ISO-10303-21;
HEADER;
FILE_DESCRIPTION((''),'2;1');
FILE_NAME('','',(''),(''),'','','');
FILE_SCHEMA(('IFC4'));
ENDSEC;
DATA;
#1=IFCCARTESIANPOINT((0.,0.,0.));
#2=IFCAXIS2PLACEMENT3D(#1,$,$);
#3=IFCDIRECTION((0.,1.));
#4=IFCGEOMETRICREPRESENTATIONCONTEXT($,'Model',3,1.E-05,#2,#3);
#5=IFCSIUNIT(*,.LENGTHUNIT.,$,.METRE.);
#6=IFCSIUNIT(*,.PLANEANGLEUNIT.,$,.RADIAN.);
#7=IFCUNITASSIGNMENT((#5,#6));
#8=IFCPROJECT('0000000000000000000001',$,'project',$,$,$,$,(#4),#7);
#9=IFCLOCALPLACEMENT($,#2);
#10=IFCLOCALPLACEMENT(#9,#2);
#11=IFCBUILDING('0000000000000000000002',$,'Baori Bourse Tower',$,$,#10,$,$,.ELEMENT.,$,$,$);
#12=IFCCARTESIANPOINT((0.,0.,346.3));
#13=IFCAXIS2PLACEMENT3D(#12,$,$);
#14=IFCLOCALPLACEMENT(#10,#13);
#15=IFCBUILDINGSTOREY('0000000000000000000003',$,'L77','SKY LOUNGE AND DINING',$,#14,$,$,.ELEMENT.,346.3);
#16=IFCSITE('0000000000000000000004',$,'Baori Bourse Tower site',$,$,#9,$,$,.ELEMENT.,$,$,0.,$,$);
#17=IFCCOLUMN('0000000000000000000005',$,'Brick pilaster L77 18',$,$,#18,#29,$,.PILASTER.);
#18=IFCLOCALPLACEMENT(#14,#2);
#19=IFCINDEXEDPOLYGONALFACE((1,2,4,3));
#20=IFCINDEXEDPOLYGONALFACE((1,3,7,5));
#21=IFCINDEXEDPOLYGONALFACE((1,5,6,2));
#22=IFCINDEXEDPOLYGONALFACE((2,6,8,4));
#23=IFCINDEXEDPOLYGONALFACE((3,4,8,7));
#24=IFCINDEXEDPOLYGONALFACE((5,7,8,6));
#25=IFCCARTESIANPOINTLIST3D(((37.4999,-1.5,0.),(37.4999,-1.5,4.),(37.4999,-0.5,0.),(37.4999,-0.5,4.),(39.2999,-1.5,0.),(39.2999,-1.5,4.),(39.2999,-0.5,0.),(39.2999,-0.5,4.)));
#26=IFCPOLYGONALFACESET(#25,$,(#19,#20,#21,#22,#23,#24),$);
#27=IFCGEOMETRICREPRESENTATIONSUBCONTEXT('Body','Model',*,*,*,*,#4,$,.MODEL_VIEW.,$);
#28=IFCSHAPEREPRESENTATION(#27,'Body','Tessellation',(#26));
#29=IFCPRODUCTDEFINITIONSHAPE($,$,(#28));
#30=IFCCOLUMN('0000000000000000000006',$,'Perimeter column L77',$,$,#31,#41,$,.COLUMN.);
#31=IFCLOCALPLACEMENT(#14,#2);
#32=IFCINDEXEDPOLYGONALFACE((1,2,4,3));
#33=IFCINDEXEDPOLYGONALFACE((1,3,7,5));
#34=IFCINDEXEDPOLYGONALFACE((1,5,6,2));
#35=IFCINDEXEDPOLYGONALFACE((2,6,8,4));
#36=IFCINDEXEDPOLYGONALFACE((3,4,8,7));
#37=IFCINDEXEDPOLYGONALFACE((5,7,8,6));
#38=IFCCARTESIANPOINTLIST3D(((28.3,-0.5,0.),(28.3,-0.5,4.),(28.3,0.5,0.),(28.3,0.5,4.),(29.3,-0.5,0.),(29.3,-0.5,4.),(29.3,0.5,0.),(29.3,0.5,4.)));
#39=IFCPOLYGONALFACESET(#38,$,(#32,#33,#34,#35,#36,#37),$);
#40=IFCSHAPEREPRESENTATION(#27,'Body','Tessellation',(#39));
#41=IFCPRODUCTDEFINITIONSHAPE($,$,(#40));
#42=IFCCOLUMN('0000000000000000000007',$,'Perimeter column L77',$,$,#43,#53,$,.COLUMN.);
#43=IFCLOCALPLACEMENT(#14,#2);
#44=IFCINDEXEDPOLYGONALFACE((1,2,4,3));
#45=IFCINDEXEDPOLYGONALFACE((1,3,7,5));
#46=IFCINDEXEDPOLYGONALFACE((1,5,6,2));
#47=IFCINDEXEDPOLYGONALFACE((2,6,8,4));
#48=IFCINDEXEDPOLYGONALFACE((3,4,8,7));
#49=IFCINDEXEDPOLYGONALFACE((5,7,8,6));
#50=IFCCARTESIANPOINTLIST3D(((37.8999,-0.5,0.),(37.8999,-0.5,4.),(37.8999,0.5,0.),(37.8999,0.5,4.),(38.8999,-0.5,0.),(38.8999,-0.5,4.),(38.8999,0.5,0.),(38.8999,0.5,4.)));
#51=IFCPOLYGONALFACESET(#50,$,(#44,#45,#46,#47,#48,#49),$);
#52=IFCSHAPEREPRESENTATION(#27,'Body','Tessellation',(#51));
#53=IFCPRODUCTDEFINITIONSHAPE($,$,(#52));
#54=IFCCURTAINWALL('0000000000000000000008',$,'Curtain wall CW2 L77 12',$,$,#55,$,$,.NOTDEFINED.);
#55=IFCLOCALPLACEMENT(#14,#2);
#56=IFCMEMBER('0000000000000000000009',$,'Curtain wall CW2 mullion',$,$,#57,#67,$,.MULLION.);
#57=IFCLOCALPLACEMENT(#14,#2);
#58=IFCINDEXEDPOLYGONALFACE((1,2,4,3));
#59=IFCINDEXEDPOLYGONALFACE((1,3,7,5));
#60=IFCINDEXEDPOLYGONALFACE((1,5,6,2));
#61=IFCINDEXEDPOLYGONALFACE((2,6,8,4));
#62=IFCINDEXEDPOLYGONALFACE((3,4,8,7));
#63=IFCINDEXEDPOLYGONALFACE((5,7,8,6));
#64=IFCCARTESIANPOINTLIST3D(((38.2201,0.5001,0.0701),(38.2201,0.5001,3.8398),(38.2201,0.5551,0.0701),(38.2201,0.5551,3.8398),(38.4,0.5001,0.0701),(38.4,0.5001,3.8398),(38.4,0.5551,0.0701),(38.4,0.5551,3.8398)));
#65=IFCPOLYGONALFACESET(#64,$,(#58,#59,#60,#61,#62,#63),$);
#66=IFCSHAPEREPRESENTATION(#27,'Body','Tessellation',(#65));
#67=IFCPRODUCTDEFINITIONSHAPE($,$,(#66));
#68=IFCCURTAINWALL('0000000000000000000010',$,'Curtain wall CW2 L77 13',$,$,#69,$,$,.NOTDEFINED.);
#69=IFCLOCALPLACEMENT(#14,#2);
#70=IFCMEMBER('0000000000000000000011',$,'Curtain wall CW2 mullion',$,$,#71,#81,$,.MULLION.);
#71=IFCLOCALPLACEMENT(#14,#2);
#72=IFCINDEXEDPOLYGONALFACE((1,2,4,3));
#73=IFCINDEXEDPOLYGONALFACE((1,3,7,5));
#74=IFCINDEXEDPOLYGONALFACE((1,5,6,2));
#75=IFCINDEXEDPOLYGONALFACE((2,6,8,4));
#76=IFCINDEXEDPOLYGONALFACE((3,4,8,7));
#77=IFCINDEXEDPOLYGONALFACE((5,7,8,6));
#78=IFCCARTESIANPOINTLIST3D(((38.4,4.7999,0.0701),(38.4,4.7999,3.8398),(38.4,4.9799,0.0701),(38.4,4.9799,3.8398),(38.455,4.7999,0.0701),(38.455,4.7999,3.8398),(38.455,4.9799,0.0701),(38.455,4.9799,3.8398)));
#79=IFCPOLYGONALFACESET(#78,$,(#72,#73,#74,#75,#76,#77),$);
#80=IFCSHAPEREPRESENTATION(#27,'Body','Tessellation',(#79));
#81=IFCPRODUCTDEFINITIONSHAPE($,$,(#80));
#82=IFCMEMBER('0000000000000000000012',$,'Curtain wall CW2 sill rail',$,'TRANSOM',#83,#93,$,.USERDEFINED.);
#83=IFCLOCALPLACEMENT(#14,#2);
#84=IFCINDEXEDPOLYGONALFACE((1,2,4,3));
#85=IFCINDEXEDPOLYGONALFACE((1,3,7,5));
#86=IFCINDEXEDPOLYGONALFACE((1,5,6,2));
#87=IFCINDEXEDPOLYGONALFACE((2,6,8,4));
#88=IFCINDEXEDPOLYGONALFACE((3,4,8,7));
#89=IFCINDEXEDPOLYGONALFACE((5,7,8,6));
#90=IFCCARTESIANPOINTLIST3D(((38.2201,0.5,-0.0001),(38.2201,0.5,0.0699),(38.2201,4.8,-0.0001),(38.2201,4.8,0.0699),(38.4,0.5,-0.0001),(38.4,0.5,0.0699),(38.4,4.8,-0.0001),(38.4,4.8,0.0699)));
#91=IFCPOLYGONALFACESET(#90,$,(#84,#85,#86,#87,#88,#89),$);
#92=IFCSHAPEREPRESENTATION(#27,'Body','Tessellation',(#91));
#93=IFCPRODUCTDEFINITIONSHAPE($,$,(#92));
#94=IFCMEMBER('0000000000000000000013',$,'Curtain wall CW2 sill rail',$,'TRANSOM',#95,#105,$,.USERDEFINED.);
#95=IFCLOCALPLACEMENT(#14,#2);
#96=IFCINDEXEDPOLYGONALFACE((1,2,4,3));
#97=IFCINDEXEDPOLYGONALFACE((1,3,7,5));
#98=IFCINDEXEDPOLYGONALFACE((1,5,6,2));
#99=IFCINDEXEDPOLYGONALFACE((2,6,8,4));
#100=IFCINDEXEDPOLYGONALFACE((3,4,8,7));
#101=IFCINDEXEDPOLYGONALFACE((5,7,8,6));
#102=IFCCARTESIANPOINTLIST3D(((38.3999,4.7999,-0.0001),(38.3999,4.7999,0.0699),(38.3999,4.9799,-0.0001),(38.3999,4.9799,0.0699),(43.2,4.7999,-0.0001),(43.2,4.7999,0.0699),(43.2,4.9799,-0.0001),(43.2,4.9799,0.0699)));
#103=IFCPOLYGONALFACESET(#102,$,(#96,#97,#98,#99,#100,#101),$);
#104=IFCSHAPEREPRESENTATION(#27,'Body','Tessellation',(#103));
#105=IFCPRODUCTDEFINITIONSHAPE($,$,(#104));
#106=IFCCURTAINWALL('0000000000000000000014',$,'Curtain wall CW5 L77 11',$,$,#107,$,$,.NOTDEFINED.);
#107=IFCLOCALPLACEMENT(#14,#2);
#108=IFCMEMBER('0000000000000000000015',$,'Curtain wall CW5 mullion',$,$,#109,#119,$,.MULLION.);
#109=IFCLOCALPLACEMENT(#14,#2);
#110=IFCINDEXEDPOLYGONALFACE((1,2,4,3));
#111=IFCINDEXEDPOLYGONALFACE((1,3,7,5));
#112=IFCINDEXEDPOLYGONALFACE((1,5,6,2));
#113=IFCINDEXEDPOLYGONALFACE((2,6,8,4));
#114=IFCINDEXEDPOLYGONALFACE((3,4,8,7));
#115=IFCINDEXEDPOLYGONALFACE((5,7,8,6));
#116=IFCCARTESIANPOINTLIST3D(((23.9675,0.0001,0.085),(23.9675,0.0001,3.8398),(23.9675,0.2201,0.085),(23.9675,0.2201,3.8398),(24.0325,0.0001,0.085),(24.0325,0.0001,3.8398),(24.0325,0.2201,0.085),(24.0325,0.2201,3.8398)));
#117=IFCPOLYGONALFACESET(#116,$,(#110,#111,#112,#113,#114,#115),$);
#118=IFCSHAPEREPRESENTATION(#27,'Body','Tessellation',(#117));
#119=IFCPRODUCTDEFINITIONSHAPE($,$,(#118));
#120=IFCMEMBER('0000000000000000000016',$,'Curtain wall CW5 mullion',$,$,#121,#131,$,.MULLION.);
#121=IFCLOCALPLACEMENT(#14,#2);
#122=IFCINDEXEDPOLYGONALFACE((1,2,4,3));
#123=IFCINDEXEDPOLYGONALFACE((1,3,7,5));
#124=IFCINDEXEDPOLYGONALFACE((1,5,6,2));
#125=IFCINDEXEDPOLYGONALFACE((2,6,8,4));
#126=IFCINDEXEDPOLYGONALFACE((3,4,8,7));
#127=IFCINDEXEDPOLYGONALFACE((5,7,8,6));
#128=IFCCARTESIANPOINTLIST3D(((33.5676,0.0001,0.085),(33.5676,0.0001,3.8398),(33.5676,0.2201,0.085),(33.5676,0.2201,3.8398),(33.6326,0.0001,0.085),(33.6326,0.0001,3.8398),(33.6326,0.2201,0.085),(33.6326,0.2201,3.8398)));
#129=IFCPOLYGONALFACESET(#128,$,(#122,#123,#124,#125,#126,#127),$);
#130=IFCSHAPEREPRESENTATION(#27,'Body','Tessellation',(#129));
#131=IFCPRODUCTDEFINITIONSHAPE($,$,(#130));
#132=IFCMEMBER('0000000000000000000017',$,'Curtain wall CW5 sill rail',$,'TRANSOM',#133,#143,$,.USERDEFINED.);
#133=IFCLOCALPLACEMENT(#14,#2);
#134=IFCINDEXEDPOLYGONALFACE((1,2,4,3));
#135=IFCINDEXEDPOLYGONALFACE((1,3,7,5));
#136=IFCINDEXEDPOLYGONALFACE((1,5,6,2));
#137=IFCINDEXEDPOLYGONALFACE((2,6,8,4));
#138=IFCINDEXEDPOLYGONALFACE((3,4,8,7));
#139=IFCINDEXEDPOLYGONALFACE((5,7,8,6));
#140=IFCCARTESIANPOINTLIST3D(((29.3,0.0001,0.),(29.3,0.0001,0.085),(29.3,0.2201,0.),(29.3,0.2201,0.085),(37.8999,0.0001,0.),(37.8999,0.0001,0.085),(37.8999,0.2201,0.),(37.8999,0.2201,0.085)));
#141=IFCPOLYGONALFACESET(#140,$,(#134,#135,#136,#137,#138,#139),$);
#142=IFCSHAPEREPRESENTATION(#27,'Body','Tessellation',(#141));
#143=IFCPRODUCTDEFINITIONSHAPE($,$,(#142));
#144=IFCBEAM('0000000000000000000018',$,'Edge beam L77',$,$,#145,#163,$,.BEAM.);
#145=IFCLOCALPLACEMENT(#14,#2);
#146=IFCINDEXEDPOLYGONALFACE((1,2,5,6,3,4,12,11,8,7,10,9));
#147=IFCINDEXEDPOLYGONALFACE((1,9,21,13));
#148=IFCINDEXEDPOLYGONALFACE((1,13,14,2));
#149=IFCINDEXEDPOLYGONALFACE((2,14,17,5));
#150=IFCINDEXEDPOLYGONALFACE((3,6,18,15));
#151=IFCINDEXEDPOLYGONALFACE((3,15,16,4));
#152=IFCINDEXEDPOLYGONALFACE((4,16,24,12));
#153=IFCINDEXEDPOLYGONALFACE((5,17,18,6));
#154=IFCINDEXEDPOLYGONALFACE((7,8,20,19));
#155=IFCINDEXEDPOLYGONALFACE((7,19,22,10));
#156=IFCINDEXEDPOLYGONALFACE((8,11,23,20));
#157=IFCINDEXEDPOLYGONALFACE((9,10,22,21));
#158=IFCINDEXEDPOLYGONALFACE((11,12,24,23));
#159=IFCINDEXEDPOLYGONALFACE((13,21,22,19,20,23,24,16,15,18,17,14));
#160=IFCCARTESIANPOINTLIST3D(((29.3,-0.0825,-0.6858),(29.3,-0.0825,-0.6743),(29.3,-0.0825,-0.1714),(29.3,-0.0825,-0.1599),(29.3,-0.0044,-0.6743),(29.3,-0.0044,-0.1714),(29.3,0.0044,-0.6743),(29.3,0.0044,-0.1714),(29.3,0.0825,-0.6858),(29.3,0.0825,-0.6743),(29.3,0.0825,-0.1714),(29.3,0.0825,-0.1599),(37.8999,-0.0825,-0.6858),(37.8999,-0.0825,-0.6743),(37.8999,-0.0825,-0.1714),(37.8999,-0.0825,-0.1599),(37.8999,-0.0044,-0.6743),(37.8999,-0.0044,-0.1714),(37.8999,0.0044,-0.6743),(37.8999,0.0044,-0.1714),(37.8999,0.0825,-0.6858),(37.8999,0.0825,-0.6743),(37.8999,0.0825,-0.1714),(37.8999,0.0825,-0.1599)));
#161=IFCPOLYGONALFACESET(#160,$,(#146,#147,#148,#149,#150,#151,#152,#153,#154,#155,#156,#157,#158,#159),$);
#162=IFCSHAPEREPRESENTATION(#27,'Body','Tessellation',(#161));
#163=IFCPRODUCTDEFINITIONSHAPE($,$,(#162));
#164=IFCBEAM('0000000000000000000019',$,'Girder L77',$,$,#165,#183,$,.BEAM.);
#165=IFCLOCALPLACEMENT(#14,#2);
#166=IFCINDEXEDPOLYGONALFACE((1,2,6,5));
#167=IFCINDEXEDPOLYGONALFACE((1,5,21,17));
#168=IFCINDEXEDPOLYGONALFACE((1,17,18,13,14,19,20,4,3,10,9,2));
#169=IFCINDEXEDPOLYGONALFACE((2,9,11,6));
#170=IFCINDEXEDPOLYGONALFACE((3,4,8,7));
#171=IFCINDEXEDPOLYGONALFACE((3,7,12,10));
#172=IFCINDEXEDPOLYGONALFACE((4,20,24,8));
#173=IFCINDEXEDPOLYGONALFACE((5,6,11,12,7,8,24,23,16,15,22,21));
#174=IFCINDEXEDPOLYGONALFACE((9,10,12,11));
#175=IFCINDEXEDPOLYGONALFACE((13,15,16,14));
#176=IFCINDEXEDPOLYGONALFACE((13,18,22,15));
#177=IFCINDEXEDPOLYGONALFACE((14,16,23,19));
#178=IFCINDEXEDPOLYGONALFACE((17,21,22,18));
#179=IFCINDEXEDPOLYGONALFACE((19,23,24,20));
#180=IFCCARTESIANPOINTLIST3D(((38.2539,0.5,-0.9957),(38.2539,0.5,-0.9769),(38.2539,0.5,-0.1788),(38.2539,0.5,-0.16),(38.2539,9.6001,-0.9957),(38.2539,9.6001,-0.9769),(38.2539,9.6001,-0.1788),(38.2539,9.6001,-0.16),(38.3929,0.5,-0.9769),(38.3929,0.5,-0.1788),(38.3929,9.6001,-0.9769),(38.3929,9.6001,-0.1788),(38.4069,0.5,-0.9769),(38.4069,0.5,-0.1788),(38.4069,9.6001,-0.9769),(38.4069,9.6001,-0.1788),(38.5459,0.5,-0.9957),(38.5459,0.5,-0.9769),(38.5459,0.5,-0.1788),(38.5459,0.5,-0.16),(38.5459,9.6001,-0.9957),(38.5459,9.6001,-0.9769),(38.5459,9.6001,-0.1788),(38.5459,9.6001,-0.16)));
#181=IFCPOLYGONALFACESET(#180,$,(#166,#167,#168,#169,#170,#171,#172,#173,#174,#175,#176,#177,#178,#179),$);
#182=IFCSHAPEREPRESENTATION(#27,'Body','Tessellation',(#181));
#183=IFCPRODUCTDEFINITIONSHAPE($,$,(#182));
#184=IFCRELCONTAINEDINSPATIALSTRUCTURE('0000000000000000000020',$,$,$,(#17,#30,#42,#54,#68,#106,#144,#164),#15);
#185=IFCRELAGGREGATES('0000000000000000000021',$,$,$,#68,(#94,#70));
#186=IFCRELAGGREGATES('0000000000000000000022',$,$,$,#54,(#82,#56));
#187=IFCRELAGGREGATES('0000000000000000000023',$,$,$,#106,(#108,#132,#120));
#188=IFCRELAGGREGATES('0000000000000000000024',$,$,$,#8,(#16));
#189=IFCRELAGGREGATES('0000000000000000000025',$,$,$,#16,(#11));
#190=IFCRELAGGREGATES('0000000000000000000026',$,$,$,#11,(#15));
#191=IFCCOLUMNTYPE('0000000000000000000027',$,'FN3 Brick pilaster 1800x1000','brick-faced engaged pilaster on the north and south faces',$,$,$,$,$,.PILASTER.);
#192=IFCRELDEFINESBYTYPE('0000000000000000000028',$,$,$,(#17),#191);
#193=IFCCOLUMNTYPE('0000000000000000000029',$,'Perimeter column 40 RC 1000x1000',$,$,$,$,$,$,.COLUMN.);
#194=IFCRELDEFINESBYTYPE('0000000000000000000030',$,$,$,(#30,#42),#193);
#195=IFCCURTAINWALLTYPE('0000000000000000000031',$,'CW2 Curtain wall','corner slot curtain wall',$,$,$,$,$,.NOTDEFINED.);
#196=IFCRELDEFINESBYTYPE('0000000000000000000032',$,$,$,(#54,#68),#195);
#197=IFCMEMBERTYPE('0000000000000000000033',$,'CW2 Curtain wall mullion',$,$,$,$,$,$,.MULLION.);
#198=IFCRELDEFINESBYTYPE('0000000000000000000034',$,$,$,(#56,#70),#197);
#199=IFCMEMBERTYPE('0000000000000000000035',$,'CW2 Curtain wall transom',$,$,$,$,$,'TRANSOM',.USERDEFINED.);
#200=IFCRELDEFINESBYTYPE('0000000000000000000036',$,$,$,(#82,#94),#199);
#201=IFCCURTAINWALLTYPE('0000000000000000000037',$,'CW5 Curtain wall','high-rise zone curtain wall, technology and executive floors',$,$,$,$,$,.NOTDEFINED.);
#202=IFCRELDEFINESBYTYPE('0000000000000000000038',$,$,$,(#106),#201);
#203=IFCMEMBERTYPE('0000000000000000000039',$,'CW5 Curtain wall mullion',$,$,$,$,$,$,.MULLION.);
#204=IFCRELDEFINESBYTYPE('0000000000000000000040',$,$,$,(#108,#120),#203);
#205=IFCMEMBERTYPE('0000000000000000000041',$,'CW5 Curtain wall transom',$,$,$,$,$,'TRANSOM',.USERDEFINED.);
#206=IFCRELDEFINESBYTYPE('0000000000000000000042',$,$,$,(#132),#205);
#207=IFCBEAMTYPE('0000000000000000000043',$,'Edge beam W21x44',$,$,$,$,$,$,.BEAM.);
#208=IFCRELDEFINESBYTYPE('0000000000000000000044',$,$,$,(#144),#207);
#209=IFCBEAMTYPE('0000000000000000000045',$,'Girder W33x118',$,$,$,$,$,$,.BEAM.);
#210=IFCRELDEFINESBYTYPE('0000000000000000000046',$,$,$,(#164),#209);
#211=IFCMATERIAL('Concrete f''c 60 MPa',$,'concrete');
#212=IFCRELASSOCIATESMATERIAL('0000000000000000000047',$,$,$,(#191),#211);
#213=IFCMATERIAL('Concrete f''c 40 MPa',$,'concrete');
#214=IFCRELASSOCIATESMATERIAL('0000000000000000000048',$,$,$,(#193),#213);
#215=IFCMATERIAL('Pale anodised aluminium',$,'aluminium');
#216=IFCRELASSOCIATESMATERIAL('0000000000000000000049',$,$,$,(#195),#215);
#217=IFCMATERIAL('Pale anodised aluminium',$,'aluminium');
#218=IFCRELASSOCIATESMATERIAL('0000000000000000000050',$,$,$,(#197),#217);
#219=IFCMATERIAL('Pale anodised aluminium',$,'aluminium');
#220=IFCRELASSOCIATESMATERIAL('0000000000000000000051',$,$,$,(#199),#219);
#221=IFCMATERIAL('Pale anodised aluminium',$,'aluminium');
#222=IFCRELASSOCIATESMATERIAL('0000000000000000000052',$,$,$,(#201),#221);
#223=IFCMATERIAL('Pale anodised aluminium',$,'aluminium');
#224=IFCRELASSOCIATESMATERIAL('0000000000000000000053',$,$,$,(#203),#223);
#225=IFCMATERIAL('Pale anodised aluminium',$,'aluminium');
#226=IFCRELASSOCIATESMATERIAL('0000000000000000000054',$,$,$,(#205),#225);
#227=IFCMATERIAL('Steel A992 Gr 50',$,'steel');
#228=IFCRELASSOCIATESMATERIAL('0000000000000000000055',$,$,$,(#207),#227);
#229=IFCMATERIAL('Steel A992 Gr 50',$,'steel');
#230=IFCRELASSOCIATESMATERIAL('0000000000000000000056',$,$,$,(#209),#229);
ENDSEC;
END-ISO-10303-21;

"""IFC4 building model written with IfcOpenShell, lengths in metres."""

from ifc_helpers import new_model, si_unit, direction, frame, origin, origin_2d, place, context, subcontext, project, spatial, rectangle, i_section, extrude, material, material_profile, profile_set, type_object, element, aggregate, save


model = new_model("IFC4")

# Units and contexts
model_context = context("Model", 3, precision=1e-05, world=origin(), true_north=direction((0.0, 1.0)))
body_context = subcontext(model_context, "Body", "Model", "MODEL_VIEW")
ifc_project = project(units=[si_unit("LENGTHUNIT", "METRE"), si_unit("PLANEANGLEUNIT", "RADIAN")], contexts=[model_context])

# Site, building, storey
site_placement = place(None, origin())
site = spatial("IfcSite", under=ifc_project, at=site_placement, Name="Baori Bourse Tower site", CompositionType="ELEMENT", RefElevation=0.0)
building_placement = place(site_placement, origin())
building = spatial("IfcBuilding", under=site, at=building_placement, Name="Baori Bourse Tower", CompositionType="ELEMENT")
storey_placement = place(building_placement, frame((0.0, 0.0, 346.3)))
storey = spatial("IfcBuildingStorey", under=building, at=storey_placement, Name="L77", Description="SKY LOUNGE AND DINING", CompositionType="ELEMENT", Elevation=346.3)

# Columns
ifc_material_1 = material(Name="Concrete f'c 60 MPa", Category="concrete")
ifc_material_profile_1 = material_profile(ifc_material_1, rectangle(XDim=1.8, YDim=1.0, at=origin_2d()), Name="RC 1800x1000")
ifc_profile_set_1 = profile_set([ifc_material_profile_1], Name="Concrete f'c 60 MPa")
column_type_1 = type_object("IfcColumnType", Name="FN3 Brick pilaster 1800x1000", Description="brick-faced engaged pilaster on the north and south faces", PredefinedType="PILASTER", material=ifc_profile_set_1)
column_placement = place(storey_placement, frame((38.3999, -1.0, 0.0), z_axis=(0.0, 0.0, 1.0), x_axis=(1.0, 0.0, 0.0)))
element("IfcColumn", 1, at=column_placement, inside=storey, type_object=column_type_1, Name="Brick pilaster L77 18", PredefinedType="PILASTER", context=body_context, shape_type="SweptSolid", body=[
    extrude(rectangle(XDim=1.8, YDim=1.0, at=origin_2d()), origin(), (0.0, 0.0, 1.0), 4.0),
])
ifc_material_2 = material(Name="Concrete f'c 40 MPa", Category="concrete")
ifc_material_profile_2 = material_profile(ifc_material_2, rectangle(XDim=1.0, YDim=1.0, at=origin_2d()), Name="RC 1000x1000")
ifc_profile_set_2 = profile_set([ifc_material_profile_2], Name="Concrete f'c 40 MPa")
column_type_2 = type_object("IfcColumnType", Name="Perimeter column 40 RC 1000x1000", PredefinedType="COLUMN", material=ifc_profile_set_2)
for number, where, z_axis, x_axis, name in (
    (2, (28.8, 0.0, 0.0), (0.0, 0.0, 1.0), (1.0, 0.0, 0.0), "Perimeter column L77"),
    (3, (38.3999, 0.0, 0.0), (0.0, 0.0, 1.0), (1.0, 0.0, 0.0), "Perimeter column L77"),
):
    element("IfcColumn", number, at=place(storey_placement, frame(where, z_axis=z_axis, x_axis=x_axis)), inside=storey, type_object=column_type_2, Name=name, PredefinedType="COLUMN", context=body_context, shape_type="SweptSolid", body=[
        extrude(rectangle(XDim=1.0, YDim=1.0, at=origin_2d()), origin(), (0.0, 0.0, 1.0), 4.0),
    ])

# Curtain walls, members
ifc_material_3 = material(Name="Pale anodised aluminium", Category="aluminium")
curtain_wall_type_1 = type_object("IfcCurtainWallType", Name="CW2 Curtain wall", Description="corner slot curtain wall", PredefinedType="NOTDEFINED", material=ifc_material_3)
curtain_wall_1_placement = place(storey_placement, origin())
curtain_wall_1 = element("IfcCurtainWall", 4, at=curtain_wall_1_placement, inside=storey, type_object=curtain_wall_type_1, Name="Curtain wall CW2 L77 12", PredefinedType="NOTDEFINED")
ifc_material_4 = material(Name="Pale anodised aluminium", Category="aluminium")
ifc_material_profile_3 = material_profile(ifc_material_4, rectangle(XDim=0.1799, YDim=0.0549, at=origin_2d()), Name="Mullion 55x180")
ifc_profile_set_3 = profile_set([ifc_material_profile_3], Name="Pale anodised aluminium")
member_type_1 = type_object("IfcMemberType", Name="CW2 Curtain wall mullion", PredefinedType="MULLION", material=ifc_profile_set_3)
member_1_placement = place(storey_placement, frame((38.3101, 0.5276, 0.0701), z_axis=(0.0, 0.0, 1.0), x_axis=(-1.0, 0.0, 0.0)))
member_1 = element("IfcMember", 5, at=member_1_placement, type_object=member_type_1, Name="Curtain wall CW2 mullion", PredefinedType="MULLION", context=body_context, shape_type="SweptSolid", body=[
    extrude(rectangle(XDim=0.1799, YDim=0.0549, at=origin_2d()), origin(), (0.0, 0.0, 1.0), 3.7698),
])
curtain_wall_2_placement = place(storey_placement, origin())
curtain_wall_2 = element("IfcCurtainWall", 6, at=curtain_wall_2_placement, inside=storey, type_object=curtain_wall_type_1, Name="Curtain wall CW2 L77 13", PredefinedType="NOTDEFINED")
member_2_placement = place(storey_placement, frame((38.4275, 4.8899, 0.0701), z_axis=(0.0, 0.0, 1.0), x_axis=(0.0, 1.0, 0.0)))
member_2 = element("IfcMember", 7, at=member_2_placement, type_object=member_type_1, Name="Curtain wall CW2 mullion", PredefinedType="MULLION", context=body_context, shape_type="SweptSolid", body=[
    extrude(rectangle(XDim=0.1799, YDim=0.0549, at=origin_2d()), origin(), (0.0, 0.0, 1.0), 3.7698),
])

# Members
ifc_material_5 = material(Name="Pale anodised aluminium", Category="aluminium")
ifc_material_profile_4 = material_profile(ifc_material_5, rectangle(XDim=0.1799, YDim=0.0701, at=origin_2d()), Name="Transom 70x180")
ifc_profile_set_4 = profile_set([ifc_material_profile_4], Name="Pale anodised aluminium")
member_type_2 = type_object("IfcMemberType", Name="CW2 Curtain wall transom", ElementType="TRANSOM", PredefinedType="USERDEFINED", material=ifc_profile_set_4)
member_3_placement = place(storey_placement, frame((38.3101, 0.5, 0.0349), z_axis=(0.0, 1.0, 0.0), x_axis=(-1.0, 0.0, 0.0)))
member_3 = element("IfcMember", 8, at=member_3_placement, type_object=member_type_2, Name="Curtain wall CW2 sill rail", ObjectType="TRANSOM", PredefinedType="USERDEFINED", context=body_context, shape_type="SweptSolid", body=[
    extrude(rectangle(XDim=0.1799, YDim=0.0701, at=origin_2d()), origin(), (0.0, 0.0, 1.0), 4.3),
])
member_4_placement = place(storey_placement, frame((38.3999, 4.8899, 0.0349), z_axis=(1.0, 0.0, 0.0), x_axis=(0.0, 1.0, 0.0)))
member_4 = element("IfcMember", 9, at=member_4_placement, type_object=member_type_2, Name="Curtain wall CW2 sill rail", ObjectType="TRANSOM", PredefinedType="USERDEFINED", context=body_context, shape_type="SweptSolid", body=[
    extrude(rectangle(XDim=0.1799, YDim=0.0701, at=origin_2d()), origin(), (0.0, 0.0, 1.0), 4.8),
])
aggregate(curtain_wall_2, [member_4, member_2])

# Curtain wall, members
ifc_material_6 = material(Name="Pale anodised aluminium", Category="aluminium")
curtain_wall_type_2 = type_object("IfcCurtainWallType", Name="CW5 Curtain wall", Description="high-rise zone curtain wall, technology and executive floors", PredefinedType="NOTDEFINED", material=ifc_material_6)
curtain_wall_3_placement = place(storey_placement, origin())
curtain_wall_3 = element("IfcCurtainWall", 10, at=curtain_wall_3_placement, inside=storey, type_object=curtain_wall_type_2, Name="Curtain wall CW5 L77 11", PredefinedType="NOTDEFINED")
ifc_material_7 = material(Name="Pale anodised aluminium", Category="aluminium")
ifc_material_profile_5 = material_profile(ifc_material_7, rectangle(XDim=0.22, YDim=0.0649, at=origin_2d()), Name="Mullion 65x220")
ifc_profile_set_5 = profile_set([ifc_material_profile_5], Name="Pale anodised aluminium")
member_type_3 = type_object("IfcMemberType", Name="CW5 Curtain wall mullion", PredefinedType="MULLION", material=ifc_profile_set_5)
member_5_placement = place(storey_placement, frame((24.0, 0.1101, 0.085), z_axis=(0.0, 0.0, 1.0), x_axis=(0.0, 1.0, 0.0)))
member_5 = element("IfcMember", 11, at=member_5_placement, type_object=member_type_3, Name="Curtain wall CW5 mullion", PredefinedType="MULLION", context=body_context, shape_type="SweptSolid", body=[
    extrude(rectangle(XDim=0.22, YDim=0.0649, at=origin_2d()), origin(), (0.0, 0.0, 1.0), 3.7549),
])
member_6_placement = place(storey_placement, frame((33.6001, 0.1101, 0.085), z_axis=(0.0, 0.0, 1.0), x_axis=(0.0, 1.0, 0.0)))
member_6 = element("IfcMember", 12, at=member_6_placement, type_object=member_type_3, Name="Curtain wall CW5 mullion", PredefinedType="MULLION", context=body_context, shape_type="SweptSolid", body=[
    extrude(rectangle(XDim=0.22, YDim=0.0649, at=origin_2d()), origin(), (0.0, 0.0, 1.0), 3.7549),
])
ifc_material_8 = material(Name="Pale anodised aluminium", Category="aluminium")
ifc_material_profile_6 = material_profile(ifc_material_8, rectangle(XDim=0.22, YDim=0.085, at=origin_2d()), Name="Transom 85x220")
ifc_profile_set_6 = profile_set([ifc_material_profile_6], Name="Pale anodised aluminium")
member_type_4 = type_object("IfcMemberType", Name="CW5 Curtain wall transom", ElementType="TRANSOM", PredefinedType="USERDEFINED", material=ifc_profile_set_6)
member_7_placement = place(storey_placement, frame((29.3, 0.1101, 0.0425), z_axis=(1.0, 0.0, 0.0), x_axis=(0.0, 1.0, 0.0)))
member_7 = element("IfcMember", 13, at=member_7_placement, type_object=member_type_4, Name="Curtain wall CW5 sill rail", ObjectType="TRANSOM", PredefinedType="USERDEFINED", context=body_context, shape_type="SweptSolid", body=[
    extrude(rectangle(XDim=0.22, YDim=0.085, at=origin_2d()), origin(), (0.0, 0.0, 1.0), 8.5999),
])

# Beams
ifc_material_9 = material(Name="Steel A992 Gr 50", Category="steel")
ifc_material_profile_7 = material_profile(ifc_material_9, i_section(OverallWidth=0.165, OverallDepth=0.5259, WebThickness=0.0088, FlangeThickness=0.0115, at=origin_2d()), Name="W21x44")
ifc_profile_set_7 = profile_set([ifc_material_profile_7], Name="Steel A992 Gr 50")
beam_type_1 = type_object("IfcBeamType", Name="Edge beam W21x44", PredefinedType="BEAM", material=ifc_profile_set_7)
beam_1_placement = place(storey_placement, frame((29.3, 0.0, -0.4229), z_axis=(1.0, 0.0, 0.0), x_axis=(0.0, 1.0, 0.0)))
element("IfcBeam", 14, at=beam_1_placement, inside=storey, type_object=beam_type_1, Name="Edge beam L77", PredefinedType="BEAM", context=body_context, shape_type="SweptSolid", body=[
    extrude(i_section(OverallWidth=0.165, OverallDepth=0.5259, WebThickness=0.0088, FlangeThickness=0.0115, at=origin_2d()), origin(), (0.0, 0.0, 1.0), 8.5999),
])
ifc_material_10 = material(Name="Steel A992 Gr 50", Category="steel")
ifc_material_profile_8 = material_profile(ifc_material_10, i_section(OverallWidth=0.292, OverallDepth=0.8357, WebThickness=0.0139, FlangeThickness=0.0188, at=origin_2d()), Name="W33x118")
ifc_profile_set_8 = profile_set([ifc_material_profile_8], Name="Steel A992 Gr 50")
beam_type_2 = type_object("IfcBeamType", Name="Girder W33x118", PredefinedType="BEAM", material=ifc_profile_set_8)
beam_2_placement = place(storey_placement, frame((38.3999, 0.5, -0.5779), z_axis=(0.0, 1.0, 0.0), x_axis=(-1.0, 0.0, 0.0)))
element("IfcBeam", 15, at=beam_2_placement, inside=storey, type_object=beam_type_2, Name="Girder L77", PredefinedType="BEAM", context=body_context, shape_type="SweptSolid", body=[
    extrude(i_section(OverallWidth=0.292, OverallDepth=0.8357, WebThickness=0.0139, FlangeThickness=0.0188, at=origin_2d()), origin(), (0.0, 0.0, 1.0), 9.1001),
])

aggregate(curtain_wall_1, [member_3, member_1])
aggregate(curtain_wall_3, [member_5, member_7, member_6])

save(model, "model.ifc")
